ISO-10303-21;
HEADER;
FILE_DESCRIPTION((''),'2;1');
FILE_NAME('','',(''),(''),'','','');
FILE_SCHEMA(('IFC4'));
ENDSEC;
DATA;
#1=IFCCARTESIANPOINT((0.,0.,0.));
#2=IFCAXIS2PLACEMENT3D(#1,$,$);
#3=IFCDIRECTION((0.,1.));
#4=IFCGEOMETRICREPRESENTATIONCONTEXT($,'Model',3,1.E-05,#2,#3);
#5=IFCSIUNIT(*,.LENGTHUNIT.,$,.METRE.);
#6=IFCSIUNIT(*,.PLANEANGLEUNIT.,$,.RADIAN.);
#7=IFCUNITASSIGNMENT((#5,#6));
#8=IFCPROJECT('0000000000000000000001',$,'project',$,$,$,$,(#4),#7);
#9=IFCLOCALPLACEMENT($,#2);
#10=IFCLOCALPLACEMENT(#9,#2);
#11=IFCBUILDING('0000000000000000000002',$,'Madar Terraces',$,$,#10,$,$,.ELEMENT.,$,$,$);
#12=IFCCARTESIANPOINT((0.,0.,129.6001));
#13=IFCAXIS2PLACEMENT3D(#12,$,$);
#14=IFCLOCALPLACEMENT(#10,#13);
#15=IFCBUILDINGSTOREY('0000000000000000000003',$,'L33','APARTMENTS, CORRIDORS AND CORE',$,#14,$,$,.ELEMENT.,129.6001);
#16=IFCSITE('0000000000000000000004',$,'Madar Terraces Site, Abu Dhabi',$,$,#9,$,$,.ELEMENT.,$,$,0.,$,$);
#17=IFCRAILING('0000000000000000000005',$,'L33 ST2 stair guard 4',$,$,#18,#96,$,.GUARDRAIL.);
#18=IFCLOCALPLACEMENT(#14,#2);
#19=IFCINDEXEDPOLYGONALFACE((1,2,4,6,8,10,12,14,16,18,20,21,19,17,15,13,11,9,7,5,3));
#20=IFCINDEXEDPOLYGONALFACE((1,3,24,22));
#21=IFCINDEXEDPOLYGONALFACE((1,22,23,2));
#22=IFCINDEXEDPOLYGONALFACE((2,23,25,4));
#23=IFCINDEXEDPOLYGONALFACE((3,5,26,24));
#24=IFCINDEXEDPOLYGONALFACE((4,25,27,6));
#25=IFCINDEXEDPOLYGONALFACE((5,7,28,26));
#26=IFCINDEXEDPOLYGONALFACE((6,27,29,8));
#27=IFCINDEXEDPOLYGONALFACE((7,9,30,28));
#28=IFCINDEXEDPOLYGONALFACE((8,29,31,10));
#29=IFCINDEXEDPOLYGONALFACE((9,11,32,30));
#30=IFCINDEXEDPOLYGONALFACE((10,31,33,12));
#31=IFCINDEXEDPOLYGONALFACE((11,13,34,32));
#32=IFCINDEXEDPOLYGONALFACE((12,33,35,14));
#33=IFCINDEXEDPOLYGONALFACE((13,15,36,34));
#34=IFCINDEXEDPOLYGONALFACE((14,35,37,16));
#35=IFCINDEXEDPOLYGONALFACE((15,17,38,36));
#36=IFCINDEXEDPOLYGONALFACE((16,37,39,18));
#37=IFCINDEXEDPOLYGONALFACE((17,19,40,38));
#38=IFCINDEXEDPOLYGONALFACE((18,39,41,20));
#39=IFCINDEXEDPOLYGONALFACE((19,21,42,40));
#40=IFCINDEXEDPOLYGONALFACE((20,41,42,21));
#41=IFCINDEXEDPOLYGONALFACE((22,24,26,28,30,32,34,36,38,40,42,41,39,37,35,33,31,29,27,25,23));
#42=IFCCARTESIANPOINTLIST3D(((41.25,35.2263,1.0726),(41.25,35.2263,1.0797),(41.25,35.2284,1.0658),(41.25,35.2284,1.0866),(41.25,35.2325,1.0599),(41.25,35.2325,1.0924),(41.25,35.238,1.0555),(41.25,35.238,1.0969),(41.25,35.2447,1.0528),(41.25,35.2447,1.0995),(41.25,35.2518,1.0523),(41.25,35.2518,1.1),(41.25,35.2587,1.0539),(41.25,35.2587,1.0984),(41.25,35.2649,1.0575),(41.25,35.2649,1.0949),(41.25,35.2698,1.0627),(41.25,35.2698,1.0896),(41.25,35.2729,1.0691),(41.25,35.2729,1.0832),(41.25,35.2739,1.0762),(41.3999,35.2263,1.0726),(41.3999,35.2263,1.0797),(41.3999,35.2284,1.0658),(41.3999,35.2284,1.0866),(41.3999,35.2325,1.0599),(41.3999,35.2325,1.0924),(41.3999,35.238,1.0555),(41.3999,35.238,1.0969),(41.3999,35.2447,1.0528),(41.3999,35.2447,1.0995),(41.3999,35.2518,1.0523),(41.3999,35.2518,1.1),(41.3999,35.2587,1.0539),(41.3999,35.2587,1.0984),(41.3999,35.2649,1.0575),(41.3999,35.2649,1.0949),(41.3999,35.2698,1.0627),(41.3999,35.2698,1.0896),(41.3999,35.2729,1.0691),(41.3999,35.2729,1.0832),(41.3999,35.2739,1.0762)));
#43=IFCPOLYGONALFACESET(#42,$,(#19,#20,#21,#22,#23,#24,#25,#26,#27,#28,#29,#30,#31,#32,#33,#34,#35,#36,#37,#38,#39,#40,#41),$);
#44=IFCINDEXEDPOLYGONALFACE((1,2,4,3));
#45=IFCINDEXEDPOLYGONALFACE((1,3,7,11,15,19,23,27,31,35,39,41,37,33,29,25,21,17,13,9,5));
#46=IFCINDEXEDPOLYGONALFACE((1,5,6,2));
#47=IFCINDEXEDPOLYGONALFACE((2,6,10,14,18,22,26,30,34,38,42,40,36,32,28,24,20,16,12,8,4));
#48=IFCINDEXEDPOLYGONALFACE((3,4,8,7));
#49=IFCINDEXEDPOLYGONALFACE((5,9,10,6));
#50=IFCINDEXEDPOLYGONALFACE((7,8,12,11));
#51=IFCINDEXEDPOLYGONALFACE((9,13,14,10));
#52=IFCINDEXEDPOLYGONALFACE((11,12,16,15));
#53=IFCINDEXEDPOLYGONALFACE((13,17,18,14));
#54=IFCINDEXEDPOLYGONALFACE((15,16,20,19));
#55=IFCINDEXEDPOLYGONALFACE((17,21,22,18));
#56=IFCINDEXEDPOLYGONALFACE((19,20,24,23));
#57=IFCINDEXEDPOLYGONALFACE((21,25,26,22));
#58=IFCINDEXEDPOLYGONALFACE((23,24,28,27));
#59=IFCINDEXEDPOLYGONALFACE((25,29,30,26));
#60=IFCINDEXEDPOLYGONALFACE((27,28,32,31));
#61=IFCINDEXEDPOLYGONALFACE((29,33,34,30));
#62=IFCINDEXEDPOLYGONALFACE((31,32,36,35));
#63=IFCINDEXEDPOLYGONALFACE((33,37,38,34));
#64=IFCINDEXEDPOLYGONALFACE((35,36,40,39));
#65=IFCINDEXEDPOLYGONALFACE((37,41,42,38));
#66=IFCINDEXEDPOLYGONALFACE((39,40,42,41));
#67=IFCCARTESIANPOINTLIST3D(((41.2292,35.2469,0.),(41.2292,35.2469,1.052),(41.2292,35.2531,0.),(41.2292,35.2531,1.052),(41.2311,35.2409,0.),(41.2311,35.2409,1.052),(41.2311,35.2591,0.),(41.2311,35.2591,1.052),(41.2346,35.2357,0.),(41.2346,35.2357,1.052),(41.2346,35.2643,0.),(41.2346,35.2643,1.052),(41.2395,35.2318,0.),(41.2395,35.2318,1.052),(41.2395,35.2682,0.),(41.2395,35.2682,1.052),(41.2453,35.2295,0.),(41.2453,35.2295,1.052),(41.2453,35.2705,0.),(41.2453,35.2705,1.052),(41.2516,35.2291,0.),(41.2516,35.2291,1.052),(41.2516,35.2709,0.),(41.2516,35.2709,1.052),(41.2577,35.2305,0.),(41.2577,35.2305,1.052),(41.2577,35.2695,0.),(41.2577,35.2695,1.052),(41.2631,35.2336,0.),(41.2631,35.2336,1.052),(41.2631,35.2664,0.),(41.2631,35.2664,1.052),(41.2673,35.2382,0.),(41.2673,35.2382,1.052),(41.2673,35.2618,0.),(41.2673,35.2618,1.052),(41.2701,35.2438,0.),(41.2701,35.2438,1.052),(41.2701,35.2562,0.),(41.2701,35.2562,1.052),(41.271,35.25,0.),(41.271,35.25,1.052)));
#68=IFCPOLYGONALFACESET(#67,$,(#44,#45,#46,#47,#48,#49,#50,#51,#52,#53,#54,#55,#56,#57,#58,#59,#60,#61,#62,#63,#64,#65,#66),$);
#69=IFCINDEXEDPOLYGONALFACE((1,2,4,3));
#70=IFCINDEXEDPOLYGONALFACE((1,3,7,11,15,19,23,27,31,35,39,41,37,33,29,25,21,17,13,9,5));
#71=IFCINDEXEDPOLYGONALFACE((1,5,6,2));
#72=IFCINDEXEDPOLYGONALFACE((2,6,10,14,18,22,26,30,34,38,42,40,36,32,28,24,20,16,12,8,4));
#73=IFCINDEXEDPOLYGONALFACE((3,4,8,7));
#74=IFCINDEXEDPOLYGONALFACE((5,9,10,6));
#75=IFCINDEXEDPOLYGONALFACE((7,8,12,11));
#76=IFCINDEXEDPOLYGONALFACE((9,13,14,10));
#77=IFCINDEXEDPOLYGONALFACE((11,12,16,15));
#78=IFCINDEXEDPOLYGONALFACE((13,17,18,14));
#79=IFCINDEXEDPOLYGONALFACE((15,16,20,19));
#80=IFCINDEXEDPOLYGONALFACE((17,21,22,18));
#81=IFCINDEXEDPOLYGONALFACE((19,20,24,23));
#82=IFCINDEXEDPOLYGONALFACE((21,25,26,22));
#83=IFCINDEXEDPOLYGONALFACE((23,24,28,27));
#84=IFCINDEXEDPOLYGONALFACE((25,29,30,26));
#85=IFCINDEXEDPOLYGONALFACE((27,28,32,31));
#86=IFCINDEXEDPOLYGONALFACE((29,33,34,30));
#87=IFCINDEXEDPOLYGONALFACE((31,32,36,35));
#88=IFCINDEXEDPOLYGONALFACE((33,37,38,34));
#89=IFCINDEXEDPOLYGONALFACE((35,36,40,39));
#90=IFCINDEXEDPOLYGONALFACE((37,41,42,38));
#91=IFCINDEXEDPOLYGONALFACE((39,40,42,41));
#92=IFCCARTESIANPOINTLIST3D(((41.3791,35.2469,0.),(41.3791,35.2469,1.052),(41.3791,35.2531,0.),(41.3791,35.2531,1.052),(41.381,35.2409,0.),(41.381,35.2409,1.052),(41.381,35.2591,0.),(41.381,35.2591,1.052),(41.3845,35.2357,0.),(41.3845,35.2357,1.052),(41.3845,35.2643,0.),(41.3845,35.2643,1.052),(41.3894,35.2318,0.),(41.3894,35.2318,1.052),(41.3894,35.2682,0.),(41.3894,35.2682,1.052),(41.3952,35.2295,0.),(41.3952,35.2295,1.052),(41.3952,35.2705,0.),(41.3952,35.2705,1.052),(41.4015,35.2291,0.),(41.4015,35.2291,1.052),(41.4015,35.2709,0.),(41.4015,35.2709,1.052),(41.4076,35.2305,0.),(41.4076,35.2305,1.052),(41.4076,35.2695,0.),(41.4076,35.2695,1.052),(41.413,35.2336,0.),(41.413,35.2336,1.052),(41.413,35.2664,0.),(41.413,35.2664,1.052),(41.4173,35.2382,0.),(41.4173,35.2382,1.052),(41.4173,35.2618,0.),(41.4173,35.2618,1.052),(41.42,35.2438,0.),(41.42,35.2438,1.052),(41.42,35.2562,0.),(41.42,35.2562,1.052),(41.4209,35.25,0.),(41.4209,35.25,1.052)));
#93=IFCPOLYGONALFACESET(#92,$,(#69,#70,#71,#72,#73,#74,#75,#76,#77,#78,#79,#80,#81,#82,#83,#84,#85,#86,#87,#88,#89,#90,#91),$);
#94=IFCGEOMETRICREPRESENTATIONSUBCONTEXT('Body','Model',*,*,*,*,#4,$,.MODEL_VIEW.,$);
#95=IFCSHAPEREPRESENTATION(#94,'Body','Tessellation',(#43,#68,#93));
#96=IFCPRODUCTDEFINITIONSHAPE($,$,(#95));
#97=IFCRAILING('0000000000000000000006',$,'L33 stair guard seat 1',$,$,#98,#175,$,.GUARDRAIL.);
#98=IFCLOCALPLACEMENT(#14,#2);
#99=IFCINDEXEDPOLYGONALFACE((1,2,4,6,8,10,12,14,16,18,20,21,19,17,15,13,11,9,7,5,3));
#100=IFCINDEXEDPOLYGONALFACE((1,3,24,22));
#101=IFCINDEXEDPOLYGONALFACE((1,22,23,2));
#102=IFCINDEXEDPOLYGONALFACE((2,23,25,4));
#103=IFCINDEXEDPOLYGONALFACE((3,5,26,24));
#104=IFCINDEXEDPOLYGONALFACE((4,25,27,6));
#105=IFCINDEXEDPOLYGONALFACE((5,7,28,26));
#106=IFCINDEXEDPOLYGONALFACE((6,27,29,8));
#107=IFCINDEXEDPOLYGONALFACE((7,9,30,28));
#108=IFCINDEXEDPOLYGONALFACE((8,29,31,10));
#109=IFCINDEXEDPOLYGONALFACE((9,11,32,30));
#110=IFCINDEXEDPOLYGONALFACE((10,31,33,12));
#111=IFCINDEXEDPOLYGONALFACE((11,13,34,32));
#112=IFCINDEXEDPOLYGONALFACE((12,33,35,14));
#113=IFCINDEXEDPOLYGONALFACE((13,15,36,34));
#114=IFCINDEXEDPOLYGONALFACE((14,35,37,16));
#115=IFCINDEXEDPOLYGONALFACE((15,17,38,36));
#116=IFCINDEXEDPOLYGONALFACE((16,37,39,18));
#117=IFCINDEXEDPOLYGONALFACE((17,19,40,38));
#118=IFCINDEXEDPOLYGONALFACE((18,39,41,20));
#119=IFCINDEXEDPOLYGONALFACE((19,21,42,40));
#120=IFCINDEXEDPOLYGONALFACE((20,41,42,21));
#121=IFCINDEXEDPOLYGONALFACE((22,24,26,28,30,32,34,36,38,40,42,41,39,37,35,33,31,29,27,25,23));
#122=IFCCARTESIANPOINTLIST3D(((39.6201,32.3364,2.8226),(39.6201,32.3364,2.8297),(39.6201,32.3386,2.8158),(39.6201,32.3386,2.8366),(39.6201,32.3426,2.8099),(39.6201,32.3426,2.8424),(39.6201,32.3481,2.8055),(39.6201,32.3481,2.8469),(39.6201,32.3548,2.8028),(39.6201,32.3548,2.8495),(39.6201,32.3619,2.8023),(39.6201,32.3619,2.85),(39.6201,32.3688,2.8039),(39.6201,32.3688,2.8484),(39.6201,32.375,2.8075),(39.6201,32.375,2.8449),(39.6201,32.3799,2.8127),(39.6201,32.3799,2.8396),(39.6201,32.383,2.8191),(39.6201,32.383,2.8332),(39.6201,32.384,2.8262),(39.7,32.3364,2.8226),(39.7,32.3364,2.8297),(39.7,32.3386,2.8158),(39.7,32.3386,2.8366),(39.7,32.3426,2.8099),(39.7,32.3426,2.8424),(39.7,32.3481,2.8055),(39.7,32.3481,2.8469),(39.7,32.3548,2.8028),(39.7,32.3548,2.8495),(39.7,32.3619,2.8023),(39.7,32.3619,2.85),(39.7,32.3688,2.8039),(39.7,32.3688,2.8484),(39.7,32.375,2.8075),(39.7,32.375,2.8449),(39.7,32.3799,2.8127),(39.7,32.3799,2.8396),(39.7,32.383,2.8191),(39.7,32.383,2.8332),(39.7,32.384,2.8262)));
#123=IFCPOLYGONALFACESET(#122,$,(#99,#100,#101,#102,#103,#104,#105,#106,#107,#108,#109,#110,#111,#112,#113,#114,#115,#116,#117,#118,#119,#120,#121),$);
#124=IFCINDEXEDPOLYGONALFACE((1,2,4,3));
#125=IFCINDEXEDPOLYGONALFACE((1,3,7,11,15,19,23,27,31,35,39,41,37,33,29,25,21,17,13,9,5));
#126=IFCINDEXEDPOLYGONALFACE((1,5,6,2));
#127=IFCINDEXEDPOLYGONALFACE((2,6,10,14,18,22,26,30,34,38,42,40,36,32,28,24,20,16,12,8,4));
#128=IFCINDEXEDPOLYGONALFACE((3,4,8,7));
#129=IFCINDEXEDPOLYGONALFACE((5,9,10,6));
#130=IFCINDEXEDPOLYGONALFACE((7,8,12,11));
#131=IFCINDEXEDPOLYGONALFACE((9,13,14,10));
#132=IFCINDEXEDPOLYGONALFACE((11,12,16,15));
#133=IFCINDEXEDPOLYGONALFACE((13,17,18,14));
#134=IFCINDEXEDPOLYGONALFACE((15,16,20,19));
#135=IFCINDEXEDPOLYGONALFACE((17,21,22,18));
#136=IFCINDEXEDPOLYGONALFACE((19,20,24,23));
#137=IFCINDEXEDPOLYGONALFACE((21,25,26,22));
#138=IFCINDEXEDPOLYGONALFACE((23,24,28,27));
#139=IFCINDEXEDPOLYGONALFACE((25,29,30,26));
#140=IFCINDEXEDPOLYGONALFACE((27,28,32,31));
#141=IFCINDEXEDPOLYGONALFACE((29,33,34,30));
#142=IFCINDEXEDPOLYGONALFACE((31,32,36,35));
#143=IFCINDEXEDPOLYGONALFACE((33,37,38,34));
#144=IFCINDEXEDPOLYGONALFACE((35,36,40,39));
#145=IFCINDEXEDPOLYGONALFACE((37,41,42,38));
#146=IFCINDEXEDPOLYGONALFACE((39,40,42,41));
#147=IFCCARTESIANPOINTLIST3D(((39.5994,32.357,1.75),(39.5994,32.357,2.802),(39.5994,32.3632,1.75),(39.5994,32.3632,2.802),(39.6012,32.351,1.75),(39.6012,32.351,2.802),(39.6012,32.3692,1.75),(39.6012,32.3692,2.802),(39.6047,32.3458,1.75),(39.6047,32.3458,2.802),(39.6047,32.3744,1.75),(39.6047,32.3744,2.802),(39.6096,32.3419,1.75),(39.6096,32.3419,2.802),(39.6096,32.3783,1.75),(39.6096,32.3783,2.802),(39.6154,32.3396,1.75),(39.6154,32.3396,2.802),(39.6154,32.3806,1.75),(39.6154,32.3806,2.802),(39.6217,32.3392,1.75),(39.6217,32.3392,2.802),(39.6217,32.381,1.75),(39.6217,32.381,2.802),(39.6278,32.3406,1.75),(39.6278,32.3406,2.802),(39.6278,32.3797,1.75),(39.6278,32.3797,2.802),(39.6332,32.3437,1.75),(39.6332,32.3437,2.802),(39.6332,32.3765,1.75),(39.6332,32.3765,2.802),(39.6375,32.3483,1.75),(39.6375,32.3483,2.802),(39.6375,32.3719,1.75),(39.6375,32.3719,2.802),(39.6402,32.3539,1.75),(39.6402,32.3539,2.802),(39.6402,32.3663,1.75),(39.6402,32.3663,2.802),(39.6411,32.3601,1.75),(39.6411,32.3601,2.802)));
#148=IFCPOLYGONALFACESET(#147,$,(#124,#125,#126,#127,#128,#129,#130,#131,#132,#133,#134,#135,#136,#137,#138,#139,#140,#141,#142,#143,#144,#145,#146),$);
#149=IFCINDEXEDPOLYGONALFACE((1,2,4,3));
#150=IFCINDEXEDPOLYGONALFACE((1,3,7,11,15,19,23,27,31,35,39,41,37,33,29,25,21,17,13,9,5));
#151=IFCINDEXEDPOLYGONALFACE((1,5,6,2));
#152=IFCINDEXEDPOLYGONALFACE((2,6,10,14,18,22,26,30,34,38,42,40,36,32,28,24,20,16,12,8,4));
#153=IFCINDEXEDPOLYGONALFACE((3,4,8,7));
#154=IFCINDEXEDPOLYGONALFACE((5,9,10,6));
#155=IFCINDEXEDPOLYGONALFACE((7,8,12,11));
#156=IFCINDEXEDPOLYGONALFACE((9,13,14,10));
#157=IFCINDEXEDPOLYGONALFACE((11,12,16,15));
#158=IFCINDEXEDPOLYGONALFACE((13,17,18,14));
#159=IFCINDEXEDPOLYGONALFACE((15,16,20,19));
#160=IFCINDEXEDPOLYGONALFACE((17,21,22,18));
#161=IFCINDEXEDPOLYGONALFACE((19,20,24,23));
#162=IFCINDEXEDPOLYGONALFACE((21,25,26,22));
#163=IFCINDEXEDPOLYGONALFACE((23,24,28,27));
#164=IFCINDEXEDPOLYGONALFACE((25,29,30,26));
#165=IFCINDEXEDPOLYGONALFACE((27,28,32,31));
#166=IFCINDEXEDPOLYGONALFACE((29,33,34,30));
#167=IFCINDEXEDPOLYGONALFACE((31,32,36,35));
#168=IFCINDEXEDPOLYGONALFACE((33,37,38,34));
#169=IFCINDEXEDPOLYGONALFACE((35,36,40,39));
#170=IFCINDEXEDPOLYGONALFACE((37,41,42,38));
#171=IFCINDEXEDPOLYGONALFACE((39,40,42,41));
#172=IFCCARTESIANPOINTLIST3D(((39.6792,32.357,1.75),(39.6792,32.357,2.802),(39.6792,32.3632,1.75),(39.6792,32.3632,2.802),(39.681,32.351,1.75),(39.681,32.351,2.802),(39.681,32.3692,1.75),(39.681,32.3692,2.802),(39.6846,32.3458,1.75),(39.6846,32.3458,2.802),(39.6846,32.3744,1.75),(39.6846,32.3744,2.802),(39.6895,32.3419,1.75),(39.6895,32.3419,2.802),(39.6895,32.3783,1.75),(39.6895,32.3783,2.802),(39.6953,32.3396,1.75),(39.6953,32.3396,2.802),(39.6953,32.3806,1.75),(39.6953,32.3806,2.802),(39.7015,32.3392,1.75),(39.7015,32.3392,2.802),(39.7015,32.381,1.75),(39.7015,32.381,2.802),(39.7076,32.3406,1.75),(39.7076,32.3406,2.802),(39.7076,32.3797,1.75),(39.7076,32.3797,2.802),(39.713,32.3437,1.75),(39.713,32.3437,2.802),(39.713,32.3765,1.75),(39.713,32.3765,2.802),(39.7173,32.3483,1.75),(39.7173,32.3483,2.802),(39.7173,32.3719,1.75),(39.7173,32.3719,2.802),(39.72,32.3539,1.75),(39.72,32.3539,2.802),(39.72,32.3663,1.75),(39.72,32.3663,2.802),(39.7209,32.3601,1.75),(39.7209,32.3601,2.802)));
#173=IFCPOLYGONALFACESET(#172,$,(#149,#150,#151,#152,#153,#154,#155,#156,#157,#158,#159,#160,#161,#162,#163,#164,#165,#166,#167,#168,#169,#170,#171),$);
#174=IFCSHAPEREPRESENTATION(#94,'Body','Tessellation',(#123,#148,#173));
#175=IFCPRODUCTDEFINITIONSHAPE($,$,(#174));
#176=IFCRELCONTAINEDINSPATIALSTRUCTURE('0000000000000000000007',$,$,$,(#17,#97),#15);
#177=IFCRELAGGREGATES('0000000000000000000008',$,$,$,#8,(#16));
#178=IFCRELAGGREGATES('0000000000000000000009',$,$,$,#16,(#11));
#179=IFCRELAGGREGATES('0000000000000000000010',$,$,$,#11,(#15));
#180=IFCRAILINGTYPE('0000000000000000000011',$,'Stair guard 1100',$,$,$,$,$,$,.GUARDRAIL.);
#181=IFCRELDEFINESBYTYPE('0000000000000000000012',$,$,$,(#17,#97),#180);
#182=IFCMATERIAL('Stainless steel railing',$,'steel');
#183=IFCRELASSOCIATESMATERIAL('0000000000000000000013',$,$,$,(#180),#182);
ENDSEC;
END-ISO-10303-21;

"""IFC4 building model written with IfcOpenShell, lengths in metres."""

from ifc_helpers import new_model, si_unit, direction, frame, origin, origin_2d, place, context, subcontext, project, spatial, circle, extrude, material, type_object, element, save


model = new_model("IFC4")

# Units and contexts
model_context = context("Model", 3, precision=1e-05, world=origin(), true_north=direction((0.0, 1.0)))
body_context = subcontext(model_context, "Body", "Model", "MODEL_VIEW")
ifc_project = project(units=[si_unit("LENGTHUNIT", "METRE"), si_unit("PLANEANGLEUNIT", "RADIAN")], contexts=[model_context])

# Site, building, storey
site_placement = place(None, origin())
site = spatial("IfcSite", under=ifc_project, at=site_placement, Name="Madar Terraces Site, Abu Dhabi", CompositionType="ELEMENT", RefElevation=0.0)
building_placement = place(site_placement, origin())
building = spatial("IfcBuilding", under=site, at=building_placement, Name="Madar Terraces", CompositionType="ELEMENT")
storey_placement = place(building_placement, frame((0.0, 0.0, 129.6001)))
storey = spatial("IfcBuildingStorey", under=building, at=storey_placement, Name="L33", Description="APARTMENTS, CORRIDORS AND CORE", CompositionType="ELEMENT", Elevation=129.6001)

# Railings
ifc_material_1 = material(Name="Stainless steel railing", Category="steel")
railing_type_1 = type_object("IfcRailingType", Name="Stair guard 1100", PredefinedType="GUARDRAIL", material=ifc_material_1)
railing_1_placement = place(storey_placement, frame((41.25, 35.25, 0.0)))
element("IfcRailing", 1, at=railing_1_placement, inside=storey, type_object=railing_type_1, Name="L33 ST2 stair guard 4", PredefinedType="GUARDRAIL", context=body_context, shape_type="SweptSolid", body=[
    extrude(circle(Radius=0.0239, at=origin_2d()), frame((0.0, 0.0, 1.0762), z_axis=(1.0, 0.0, 0.0), x_axis=(0.0, 1.0, 0.0)), (0.0, 0.0, 1.0), 0.1499),
    extrude(circle(Radius=0.021, at=origin_2d()), origin(), (0.0, 0.0, 1.0), 1.052),
    extrude(circle(Radius=0.021, at=origin_2d()), frame((0.1499, 0.0, 0.0)), (0.0, 0.0, 1.0), 1.052),
])
railing_2_placement = place(storey_placement, frame((39.6201, 32.3601, 1.75)))
element("IfcRailing", 2, at=railing_2_placement, inside=storey, type_object=railing_type_1, Name="L33 stair guard seat 1", PredefinedType="GUARDRAIL", context=body_context, shape_type="SweptSolid", body=[
    extrude(circle(Radius=0.0239, at=origin_2d()), frame((0.0, 0.0, 1.0762), z_axis=(1.0, 0.0, 0.0), x_axis=(0.0, 1.0, 0.0)), (0.0, 0.0, 1.0), 0.0798),
    extrude(circle(Radius=0.021, at=origin_2d()), origin(), (0.0, 0.0, 1.0), 1.052),
    extrude(circle(Radius=0.021, at=origin_2d()), frame((0.0798, 0.0, 0.0)), (0.0, 0.0, 1.0), 1.052),
])

save(model, "model.ifc")
